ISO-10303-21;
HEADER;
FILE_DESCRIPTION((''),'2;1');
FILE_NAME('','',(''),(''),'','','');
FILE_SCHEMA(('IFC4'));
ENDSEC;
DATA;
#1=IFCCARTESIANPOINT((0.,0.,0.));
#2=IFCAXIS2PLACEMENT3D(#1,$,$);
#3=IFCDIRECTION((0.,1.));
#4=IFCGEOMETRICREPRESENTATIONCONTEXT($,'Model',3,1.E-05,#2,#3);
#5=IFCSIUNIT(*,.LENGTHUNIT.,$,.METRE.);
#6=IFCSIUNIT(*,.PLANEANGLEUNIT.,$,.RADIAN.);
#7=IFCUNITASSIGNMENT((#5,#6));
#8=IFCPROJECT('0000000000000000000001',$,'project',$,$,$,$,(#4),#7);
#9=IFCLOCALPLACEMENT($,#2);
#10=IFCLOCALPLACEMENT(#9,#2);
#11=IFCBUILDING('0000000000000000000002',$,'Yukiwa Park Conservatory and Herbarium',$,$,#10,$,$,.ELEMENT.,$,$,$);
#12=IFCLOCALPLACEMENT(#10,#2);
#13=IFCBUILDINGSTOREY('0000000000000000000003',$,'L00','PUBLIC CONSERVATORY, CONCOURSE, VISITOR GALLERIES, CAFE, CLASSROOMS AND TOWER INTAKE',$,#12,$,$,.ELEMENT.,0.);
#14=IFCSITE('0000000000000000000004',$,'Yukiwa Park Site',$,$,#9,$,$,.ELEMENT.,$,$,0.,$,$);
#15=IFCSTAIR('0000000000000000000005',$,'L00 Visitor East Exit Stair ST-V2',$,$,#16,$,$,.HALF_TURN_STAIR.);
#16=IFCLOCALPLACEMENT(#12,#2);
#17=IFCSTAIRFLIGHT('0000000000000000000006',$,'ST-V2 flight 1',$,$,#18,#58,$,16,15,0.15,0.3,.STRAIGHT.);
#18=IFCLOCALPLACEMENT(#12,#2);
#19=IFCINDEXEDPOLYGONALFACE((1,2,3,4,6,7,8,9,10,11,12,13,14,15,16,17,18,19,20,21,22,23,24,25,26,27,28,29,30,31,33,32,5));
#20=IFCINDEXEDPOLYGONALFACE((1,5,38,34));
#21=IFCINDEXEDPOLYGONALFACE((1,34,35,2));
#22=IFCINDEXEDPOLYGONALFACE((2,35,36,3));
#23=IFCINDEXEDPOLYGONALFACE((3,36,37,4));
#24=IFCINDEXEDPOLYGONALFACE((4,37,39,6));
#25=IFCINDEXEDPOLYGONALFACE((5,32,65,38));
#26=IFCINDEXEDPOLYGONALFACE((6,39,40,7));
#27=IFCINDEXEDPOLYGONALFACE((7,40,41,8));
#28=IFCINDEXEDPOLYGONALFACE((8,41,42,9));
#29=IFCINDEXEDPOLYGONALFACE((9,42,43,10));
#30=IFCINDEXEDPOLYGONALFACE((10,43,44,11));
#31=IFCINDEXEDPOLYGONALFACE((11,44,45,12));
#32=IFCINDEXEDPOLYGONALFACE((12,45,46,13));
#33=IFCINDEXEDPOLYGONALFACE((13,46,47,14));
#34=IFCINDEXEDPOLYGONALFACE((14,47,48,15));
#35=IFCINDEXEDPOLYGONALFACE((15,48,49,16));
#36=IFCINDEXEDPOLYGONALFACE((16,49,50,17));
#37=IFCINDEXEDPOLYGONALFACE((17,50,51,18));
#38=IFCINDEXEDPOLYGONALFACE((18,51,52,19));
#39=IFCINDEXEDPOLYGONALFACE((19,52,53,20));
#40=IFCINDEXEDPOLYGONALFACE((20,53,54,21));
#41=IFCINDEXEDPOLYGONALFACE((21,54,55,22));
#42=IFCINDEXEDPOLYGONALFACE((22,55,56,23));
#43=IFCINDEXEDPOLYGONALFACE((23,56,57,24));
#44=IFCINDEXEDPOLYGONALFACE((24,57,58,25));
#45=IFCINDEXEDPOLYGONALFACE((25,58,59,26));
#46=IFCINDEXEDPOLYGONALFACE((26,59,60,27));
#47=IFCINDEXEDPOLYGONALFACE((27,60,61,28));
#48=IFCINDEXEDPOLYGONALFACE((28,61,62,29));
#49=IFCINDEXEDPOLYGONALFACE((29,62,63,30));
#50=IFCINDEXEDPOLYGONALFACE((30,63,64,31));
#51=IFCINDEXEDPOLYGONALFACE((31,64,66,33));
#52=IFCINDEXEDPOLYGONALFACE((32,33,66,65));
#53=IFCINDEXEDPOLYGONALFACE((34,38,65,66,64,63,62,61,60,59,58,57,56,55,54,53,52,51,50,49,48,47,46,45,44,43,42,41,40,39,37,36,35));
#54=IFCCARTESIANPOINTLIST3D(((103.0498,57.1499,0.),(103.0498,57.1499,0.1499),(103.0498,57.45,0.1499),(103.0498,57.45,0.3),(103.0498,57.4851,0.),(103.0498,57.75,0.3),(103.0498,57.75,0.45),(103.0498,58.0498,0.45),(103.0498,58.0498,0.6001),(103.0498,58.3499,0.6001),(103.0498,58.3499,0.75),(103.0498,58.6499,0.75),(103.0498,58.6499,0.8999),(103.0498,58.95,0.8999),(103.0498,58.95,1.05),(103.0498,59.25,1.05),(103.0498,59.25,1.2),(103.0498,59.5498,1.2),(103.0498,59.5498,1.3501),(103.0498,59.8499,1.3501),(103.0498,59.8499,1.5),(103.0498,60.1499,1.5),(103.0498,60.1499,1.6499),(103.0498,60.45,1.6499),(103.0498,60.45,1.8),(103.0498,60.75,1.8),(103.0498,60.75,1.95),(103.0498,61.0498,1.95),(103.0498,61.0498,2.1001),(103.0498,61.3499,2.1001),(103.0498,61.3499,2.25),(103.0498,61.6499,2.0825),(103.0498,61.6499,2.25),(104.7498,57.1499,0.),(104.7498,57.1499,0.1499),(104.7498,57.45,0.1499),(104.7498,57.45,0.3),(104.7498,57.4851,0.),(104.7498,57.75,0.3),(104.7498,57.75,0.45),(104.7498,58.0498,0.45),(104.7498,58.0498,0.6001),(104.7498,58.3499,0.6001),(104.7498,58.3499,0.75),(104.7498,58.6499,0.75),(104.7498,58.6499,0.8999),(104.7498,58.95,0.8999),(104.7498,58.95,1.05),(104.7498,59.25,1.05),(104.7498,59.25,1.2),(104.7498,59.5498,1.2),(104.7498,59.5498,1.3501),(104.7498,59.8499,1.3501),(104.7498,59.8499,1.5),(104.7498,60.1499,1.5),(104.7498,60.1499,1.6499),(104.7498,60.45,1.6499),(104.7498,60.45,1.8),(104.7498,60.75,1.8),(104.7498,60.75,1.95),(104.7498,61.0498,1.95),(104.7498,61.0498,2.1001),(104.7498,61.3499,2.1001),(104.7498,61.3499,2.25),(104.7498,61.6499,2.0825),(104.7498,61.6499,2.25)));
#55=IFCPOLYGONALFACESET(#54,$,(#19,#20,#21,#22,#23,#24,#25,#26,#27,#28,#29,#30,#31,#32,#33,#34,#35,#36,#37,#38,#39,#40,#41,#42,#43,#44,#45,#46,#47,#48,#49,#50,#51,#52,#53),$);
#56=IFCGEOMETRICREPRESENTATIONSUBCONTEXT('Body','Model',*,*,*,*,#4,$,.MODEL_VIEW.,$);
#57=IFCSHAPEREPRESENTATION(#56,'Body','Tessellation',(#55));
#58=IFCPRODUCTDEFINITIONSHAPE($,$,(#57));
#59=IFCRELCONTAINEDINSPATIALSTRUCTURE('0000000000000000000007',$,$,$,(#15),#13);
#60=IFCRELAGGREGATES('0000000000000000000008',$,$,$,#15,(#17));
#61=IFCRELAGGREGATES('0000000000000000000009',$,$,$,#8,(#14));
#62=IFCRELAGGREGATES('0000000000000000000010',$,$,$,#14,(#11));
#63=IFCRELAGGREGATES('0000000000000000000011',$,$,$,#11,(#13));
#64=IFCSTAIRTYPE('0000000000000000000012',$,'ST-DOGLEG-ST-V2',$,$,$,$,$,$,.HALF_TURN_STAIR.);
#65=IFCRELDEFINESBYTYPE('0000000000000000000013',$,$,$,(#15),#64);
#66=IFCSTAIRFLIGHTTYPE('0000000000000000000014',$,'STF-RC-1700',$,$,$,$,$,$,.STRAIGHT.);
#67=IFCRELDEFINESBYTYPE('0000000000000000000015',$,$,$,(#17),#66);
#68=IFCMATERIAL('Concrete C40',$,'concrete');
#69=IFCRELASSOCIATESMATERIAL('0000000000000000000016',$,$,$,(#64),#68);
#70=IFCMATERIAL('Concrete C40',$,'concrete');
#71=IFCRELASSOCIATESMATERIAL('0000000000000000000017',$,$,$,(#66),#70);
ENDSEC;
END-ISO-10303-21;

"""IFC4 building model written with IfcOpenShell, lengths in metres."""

from ifc_helpers import new_model, si_unit, direction, frame, origin, place, context, subcontext, project, spatial, polyline, outline, extrude, material, type_object, element, aggregate, save


model = new_model("IFC4")

# Units and contexts
model_context = context("Model", 3, precision=1e-05, world=origin(), true_north=direction((0.0, 1.0)))
body_context = subcontext(model_context, "Body", "Model", "MODEL_VIEW")
ifc_project = project(units=[si_unit("LENGTHUNIT", "METRE"), si_unit("PLANEANGLEUNIT", "RADIAN")], contexts=[model_context])

# Site, building, storey
site_placement = place(None, origin())
site = spatial("IfcSite", under=ifc_project, at=site_placement, Name="Yukiwa Park Site", CompositionType="ELEMENT", RefElevation=0.0)
building_placement = place(site_placement, origin())
building = spatial("IfcBuilding", under=site, at=building_placement, Name="Yukiwa Park Conservatory and Herbarium", CompositionType="ELEMENT")
storey_placement = place(building_placement, origin())
storey = spatial("IfcBuildingStorey", under=building, at=storey_placement, Name="L00", Description="PUBLIC CONSERVATORY, CONCOURSE, VISITOR GALLERIES, CAFE, CLASSROOMS AND TOWER INTAKE", CompositionType="ELEMENT", Elevation=0.0)

# Stair, stair flight
ifc_material_1 = material(Name="Concrete C40", Category="concrete")
stair_type = type_object("IfcStairType", Name="ST-DOGLEG-ST-V2", PredefinedType="HALF_TURN_STAIR", material=ifc_material_1)
stair_placement = place(storey_placement, origin())
stair = element("IfcStair", 1, at=stair_placement, inside=storey, type_object=stair_type, Name="L00 Visitor East Exit Stair ST-V2", PredefinedType="HALF_TURN_STAIR")
ifc_material_2 = material(Name="Concrete C40", Category="concrete")
stair_flight_type = type_object("IfcStairFlightType", Name="STF-RC-1700", PredefinedType="STRAIGHT", material=ifc_material_2)
stair_flight_placement = place(storey_placement, frame((103.8999, 57.1499, 0.0), z_axis=(0.0, 0.0, 1.0), x_axis=(0.0, 1.0, 0.0)))
stair_flight = element("IfcStairFlight", 2, at=stair_flight_placement, type_object=stair_flight_type, Name="ST-V2 flight 1", NumberOfRisers=16, NumberOfTreads=15, PredefinedType="STRAIGHT", RiserHeight=0.15, TreadLength=0.3, context=body_context, shape_type="SweptSolid", body=[
    extrude(outline(polyline([(0.0, 0.0), (0.0, 0.1499), (0.3, 0.1499), (0.3, 0.3), (0.6001, 0.3), (0.6001, 0.45), (0.8999, 0.45), (0.8999, 0.6001), (1.2, 0.6001), (1.2, 0.75), (1.5, 0.75), (1.5, 0.8999), (1.8, 0.8999), (1.8, 1.05), (2.1001, 1.05), (2.1001, 1.2), (2.3999, 1.2), (2.3999, 1.3501), (2.7, 1.3501), (2.7, 1.5), (3.0, 1.5), (3.0, 1.6499), (3.3, 1.6499), (3.3, 1.8), (3.6001, 1.8), (3.6001, 1.95), (3.8999, 1.95), (3.8999, 2.1001), (4.2, 2.1001), (4.2, 2.25), (4.5, 2.25), (4.5, 2.3999), (4.5, 2.0825), (0.3352, 0.0), (0.0, 0.0)])), frame((0.0, 0.8501, 0.0), z_axis=(0.0, -1.0, 0.0), x_axis=(1.0, 0.0, 0.0)), (0.0, 0.0, 1.0), 1.7),
])
aggregate(stair, [stair_flight])

save(model, "model.ifc")
